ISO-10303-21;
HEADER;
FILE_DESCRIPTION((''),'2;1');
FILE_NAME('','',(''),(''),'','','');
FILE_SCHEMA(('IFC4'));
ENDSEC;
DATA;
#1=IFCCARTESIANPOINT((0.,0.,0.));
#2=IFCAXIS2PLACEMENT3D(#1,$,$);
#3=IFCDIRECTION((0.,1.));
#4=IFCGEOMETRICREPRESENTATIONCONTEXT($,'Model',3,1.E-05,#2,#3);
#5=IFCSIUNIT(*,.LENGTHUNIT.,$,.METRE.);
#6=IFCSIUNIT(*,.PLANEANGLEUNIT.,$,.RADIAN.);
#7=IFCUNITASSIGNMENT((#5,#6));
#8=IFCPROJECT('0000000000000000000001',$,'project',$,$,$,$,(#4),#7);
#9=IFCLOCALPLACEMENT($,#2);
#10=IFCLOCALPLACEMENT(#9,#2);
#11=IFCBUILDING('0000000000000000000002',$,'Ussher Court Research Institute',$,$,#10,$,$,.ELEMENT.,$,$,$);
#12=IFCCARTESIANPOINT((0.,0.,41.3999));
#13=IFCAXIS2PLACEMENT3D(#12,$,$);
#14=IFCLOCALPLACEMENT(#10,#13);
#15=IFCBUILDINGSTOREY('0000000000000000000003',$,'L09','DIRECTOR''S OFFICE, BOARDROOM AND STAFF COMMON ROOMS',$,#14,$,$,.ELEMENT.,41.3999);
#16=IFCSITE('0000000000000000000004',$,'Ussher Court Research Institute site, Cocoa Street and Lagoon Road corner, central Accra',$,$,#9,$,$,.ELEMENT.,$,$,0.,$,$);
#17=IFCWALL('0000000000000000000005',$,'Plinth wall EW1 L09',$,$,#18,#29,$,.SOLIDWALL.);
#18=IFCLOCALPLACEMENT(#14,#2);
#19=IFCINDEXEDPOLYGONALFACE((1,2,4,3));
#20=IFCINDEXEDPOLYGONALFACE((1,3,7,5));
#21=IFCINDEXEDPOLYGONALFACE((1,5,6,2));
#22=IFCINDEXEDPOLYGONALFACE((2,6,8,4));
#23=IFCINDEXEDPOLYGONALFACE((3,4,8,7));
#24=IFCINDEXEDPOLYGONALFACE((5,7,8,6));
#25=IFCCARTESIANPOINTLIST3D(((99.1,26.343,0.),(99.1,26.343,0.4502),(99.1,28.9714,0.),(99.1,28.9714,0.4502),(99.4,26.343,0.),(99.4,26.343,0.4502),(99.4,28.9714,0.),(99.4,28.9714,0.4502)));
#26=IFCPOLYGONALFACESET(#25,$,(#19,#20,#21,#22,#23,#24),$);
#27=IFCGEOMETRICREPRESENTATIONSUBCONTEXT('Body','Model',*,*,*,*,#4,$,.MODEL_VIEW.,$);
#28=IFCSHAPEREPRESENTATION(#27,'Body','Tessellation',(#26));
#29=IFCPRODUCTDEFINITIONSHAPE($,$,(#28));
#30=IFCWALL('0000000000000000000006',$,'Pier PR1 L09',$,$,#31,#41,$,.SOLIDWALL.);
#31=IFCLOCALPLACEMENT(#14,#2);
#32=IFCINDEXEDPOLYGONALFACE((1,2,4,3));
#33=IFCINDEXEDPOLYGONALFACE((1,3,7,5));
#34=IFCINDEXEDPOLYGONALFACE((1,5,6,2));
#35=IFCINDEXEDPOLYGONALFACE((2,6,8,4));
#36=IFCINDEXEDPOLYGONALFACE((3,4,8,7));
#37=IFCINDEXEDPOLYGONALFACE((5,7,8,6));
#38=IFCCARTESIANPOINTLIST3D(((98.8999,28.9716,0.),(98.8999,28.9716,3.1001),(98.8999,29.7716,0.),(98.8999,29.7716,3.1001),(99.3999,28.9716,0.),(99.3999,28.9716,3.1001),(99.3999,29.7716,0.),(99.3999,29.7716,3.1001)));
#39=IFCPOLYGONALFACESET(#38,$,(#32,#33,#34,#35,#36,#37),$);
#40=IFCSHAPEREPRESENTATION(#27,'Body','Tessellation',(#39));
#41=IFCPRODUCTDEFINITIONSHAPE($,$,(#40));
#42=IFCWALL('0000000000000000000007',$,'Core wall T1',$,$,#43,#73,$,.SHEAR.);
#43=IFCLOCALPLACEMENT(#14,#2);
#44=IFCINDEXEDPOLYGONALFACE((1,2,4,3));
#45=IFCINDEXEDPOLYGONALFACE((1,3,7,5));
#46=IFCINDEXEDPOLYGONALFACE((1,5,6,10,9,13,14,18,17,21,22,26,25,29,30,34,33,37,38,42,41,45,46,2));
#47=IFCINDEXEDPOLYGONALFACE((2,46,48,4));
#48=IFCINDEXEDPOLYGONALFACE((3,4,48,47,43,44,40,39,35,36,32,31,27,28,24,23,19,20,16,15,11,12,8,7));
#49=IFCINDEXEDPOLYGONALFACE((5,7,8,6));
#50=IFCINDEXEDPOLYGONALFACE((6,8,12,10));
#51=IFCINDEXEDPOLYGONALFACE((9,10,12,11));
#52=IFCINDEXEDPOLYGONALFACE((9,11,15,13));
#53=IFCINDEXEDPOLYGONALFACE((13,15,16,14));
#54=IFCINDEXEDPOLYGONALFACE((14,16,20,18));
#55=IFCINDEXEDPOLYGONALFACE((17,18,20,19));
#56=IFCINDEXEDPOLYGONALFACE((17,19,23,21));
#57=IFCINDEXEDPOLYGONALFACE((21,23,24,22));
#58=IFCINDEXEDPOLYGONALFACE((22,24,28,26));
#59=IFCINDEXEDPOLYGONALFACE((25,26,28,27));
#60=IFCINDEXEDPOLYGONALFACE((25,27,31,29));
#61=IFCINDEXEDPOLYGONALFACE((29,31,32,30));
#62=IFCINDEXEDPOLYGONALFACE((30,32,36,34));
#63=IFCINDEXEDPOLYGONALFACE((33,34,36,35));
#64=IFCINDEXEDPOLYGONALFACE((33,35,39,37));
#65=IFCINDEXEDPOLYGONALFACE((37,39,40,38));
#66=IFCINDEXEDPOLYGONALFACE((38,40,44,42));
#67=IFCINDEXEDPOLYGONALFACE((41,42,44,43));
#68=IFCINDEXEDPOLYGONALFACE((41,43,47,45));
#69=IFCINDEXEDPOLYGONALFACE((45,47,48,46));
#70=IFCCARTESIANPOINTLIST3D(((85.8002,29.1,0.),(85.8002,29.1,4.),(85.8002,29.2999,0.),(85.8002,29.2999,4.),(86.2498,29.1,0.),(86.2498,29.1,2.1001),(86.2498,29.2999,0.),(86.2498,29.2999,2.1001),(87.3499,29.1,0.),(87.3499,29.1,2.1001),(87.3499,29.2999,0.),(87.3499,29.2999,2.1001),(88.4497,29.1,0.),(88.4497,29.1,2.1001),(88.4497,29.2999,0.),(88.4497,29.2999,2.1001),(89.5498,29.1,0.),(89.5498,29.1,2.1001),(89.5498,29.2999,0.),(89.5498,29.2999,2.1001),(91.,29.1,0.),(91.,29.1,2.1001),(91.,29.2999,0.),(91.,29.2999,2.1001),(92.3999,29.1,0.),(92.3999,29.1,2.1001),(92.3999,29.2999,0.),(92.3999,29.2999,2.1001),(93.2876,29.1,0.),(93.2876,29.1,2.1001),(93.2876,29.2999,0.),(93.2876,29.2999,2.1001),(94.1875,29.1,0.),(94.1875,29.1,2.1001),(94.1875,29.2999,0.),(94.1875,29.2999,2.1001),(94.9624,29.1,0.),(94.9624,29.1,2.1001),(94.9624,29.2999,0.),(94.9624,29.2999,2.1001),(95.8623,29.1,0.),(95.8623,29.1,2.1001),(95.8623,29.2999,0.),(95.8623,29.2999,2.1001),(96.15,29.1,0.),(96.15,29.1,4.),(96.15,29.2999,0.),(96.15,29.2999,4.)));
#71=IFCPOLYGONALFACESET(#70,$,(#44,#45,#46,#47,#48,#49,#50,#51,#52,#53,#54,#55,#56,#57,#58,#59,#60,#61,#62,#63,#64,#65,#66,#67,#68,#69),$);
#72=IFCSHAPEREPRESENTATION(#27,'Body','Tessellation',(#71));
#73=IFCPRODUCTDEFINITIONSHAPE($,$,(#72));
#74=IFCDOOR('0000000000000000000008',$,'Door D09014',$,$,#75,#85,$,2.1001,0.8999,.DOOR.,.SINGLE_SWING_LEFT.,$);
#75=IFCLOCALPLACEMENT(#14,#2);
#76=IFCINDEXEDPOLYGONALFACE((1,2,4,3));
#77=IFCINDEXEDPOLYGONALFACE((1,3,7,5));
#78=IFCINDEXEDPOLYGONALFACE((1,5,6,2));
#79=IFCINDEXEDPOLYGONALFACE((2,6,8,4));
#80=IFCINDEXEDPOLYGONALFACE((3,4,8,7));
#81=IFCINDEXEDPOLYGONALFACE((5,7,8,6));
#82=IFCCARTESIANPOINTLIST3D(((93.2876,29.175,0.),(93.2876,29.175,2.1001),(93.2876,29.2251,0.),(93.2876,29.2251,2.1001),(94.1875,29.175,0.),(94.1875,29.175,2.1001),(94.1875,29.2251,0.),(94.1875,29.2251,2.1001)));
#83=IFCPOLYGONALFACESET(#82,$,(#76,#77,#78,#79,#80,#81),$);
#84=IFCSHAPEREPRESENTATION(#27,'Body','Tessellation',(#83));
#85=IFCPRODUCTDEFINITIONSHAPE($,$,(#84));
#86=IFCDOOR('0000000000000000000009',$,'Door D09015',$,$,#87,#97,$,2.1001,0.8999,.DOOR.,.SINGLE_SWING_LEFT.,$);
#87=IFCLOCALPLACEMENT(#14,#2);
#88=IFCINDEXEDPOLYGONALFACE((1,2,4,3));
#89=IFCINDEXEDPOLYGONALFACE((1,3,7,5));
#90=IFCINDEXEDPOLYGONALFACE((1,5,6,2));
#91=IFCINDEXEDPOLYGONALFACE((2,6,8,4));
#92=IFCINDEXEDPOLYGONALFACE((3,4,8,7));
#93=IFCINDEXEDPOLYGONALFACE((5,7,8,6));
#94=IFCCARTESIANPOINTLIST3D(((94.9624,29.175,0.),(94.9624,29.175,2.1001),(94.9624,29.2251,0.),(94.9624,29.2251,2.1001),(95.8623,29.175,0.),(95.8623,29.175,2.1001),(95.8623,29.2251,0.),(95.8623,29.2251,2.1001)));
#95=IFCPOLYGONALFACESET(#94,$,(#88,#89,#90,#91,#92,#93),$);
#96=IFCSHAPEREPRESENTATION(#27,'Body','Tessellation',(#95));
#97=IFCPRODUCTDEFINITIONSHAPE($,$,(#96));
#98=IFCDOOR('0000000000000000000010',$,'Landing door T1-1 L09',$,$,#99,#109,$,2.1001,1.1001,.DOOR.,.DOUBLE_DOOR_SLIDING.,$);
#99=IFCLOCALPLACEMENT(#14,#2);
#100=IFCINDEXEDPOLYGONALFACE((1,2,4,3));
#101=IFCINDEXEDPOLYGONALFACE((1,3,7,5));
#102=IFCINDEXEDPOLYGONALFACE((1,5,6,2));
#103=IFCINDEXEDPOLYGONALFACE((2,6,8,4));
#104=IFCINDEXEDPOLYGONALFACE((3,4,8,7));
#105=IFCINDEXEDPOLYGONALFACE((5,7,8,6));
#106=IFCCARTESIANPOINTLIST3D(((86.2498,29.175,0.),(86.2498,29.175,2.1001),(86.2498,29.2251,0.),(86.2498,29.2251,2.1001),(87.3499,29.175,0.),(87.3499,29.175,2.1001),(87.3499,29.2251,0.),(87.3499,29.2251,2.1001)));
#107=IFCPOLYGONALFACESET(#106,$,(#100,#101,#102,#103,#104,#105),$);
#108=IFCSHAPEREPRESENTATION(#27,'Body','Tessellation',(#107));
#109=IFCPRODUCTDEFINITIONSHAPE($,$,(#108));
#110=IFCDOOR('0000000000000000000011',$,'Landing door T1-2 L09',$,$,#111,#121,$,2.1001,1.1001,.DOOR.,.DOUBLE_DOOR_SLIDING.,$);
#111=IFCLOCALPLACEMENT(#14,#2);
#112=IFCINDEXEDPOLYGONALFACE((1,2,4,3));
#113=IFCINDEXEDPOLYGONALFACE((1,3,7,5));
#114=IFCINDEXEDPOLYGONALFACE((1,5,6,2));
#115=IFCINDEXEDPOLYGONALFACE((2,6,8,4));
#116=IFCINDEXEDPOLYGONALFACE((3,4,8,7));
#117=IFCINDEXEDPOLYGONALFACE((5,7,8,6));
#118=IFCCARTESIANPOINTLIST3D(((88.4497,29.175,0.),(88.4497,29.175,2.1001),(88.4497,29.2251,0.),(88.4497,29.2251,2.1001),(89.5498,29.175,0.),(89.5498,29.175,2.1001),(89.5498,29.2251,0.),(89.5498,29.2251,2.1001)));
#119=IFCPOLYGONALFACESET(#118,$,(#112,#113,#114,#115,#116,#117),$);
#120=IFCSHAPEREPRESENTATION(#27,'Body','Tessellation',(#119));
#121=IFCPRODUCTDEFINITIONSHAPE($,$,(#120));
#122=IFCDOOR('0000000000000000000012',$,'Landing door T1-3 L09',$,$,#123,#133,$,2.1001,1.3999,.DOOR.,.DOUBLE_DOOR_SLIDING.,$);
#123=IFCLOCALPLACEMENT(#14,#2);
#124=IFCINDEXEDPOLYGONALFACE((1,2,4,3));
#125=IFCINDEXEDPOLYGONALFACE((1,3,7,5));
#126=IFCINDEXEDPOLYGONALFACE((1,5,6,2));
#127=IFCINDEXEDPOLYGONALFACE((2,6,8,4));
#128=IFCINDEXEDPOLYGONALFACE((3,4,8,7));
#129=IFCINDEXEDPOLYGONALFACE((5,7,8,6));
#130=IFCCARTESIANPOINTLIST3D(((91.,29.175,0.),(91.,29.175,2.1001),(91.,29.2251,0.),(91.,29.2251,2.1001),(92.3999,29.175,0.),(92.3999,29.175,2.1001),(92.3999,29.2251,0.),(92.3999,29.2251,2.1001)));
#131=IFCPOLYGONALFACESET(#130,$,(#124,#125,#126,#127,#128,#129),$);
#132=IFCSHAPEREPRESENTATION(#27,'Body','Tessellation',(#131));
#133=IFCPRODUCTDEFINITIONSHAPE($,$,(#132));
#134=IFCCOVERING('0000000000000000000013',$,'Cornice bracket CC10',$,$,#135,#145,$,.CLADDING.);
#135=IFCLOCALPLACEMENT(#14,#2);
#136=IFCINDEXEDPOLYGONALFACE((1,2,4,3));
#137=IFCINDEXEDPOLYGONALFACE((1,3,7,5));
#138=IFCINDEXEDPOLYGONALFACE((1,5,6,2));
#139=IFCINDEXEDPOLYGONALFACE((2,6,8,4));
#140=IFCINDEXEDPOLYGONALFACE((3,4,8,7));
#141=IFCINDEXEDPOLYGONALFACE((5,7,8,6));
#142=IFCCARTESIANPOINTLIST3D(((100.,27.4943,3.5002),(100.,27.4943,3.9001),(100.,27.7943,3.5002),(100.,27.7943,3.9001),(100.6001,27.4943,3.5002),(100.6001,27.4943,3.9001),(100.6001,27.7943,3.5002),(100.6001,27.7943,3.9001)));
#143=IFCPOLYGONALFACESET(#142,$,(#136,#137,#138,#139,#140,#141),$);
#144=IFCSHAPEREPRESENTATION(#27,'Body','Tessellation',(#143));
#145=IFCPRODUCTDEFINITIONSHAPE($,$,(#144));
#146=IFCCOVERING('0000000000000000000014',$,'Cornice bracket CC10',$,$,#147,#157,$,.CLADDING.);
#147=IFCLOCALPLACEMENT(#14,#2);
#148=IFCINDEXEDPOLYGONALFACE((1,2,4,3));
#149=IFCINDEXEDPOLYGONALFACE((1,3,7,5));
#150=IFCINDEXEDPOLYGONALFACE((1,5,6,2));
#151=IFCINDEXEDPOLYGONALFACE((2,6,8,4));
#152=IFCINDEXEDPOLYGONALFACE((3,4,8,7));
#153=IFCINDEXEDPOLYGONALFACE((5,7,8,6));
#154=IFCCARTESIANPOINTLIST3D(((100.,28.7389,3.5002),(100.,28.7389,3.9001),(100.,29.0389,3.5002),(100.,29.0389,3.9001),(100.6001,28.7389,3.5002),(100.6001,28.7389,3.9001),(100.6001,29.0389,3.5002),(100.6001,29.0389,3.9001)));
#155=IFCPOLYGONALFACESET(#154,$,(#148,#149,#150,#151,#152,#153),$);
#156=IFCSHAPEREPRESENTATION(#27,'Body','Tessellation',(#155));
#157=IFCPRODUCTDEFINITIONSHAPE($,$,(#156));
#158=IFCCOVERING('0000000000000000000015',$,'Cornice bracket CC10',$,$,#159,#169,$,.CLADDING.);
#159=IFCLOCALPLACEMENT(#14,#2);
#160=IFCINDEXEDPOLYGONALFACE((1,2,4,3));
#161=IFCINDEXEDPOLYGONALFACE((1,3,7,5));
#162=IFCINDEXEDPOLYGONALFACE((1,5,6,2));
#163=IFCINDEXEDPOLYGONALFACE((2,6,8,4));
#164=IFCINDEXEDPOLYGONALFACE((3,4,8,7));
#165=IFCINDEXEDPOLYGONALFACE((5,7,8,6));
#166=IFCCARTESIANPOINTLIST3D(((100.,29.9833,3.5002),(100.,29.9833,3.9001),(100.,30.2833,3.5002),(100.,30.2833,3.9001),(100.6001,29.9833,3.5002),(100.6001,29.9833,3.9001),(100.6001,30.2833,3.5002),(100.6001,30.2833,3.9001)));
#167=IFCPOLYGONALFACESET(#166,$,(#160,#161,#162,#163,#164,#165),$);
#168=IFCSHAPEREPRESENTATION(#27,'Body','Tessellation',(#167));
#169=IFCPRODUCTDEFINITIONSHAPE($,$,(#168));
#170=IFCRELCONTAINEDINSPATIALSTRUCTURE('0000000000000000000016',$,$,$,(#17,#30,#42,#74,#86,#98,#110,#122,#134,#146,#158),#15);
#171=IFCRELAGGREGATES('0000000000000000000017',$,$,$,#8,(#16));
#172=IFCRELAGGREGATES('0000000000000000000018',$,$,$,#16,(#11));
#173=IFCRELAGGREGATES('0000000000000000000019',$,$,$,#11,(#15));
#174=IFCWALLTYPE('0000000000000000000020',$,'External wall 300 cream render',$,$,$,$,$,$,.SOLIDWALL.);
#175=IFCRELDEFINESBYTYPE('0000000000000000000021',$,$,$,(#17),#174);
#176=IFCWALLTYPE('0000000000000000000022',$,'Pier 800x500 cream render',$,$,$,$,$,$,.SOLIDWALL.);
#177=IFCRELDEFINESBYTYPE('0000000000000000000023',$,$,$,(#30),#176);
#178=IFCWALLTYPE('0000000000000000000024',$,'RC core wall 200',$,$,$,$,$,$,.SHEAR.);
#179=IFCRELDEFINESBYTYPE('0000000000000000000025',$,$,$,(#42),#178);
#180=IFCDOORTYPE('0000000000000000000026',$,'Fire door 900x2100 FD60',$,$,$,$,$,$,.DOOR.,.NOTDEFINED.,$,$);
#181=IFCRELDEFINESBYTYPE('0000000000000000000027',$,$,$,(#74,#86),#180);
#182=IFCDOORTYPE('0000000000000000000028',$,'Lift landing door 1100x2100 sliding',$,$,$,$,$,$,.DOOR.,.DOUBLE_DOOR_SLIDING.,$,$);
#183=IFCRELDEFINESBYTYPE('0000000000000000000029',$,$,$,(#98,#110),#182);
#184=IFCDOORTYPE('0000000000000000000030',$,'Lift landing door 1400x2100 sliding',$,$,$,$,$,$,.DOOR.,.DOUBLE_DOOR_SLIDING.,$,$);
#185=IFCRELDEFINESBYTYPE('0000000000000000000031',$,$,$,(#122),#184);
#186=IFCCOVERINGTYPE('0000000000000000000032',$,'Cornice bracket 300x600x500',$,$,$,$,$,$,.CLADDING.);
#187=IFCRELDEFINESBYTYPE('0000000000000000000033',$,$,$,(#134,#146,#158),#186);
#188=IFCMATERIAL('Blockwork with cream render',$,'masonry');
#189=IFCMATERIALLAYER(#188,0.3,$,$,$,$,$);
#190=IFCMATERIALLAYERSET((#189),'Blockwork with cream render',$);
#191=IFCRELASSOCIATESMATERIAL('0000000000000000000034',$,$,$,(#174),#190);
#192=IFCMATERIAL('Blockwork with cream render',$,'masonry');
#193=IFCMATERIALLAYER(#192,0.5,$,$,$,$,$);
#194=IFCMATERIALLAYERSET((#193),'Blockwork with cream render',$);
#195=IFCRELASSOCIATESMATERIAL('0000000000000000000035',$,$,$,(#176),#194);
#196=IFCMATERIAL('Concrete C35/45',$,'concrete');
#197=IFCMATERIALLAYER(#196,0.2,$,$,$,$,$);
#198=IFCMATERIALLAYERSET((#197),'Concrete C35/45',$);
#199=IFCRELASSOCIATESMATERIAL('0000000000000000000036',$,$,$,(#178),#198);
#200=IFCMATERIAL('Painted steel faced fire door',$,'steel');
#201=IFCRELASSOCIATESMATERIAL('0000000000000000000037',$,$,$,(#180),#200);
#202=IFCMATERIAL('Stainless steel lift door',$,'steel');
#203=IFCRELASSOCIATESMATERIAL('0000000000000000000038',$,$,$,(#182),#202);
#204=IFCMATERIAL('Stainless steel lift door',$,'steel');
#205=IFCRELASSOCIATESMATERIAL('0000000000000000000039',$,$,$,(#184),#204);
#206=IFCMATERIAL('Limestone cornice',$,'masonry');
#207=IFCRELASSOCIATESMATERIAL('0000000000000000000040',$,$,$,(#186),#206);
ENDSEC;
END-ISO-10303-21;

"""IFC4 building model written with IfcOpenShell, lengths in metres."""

from ifc_helpers import new_model, si_unit, direction, frame, frame_2d, origin, origin_2d, place, context, subcontext, project, spatial, rectangle, extrude, material, layer, layer_set, type_object, element, fill, save


model = new_model("IFC4")

# Units and contexts
model_context = context("Model", 3, precision=1e-05, world=origin(), true_north=direction((0.0, 1.0)))
body_context = subcontext(model_context, "Body", "Model", "MODEL_VIEW")
ifc_project = project(units=[si_unit("LENGTHUNIT", "METRE"), si_unit("PLANEANGLEUNIT", "RADIAN")], contexts=[model_context])

# Site, building, storey
site_placement = place(None, origin())
site = spatial("IfcSite", under=ifc_project, at=site_placement, Name="Ussher Court Research Institute site, Cocoa Street and Lagoon Road corner, central Accra", CompositionType="ELEMENT", RefElevation=0.0)
building_placement = place(site_placement, origin())
building = spatial("IfcBuilding", under=site, at=building_placement, Name="Ussher Court Research Institute", CompositionType="ELEMENT")
storey_placement = place(building_placement, frame((0.0, 0.0, 41.3999)))
storey = spatial("IfcBuildingStorey", under=building, at=storey_placement, Name="L09", Description="DIRECTOR'S OFFICE, BOARDROOM AND STAFF COMMON ROOMS", CompositionType="ELEMENT", Elevation=41.3999)

# Walls
ifc_material_1 = material(Name="Blockwork with cream render", Category="masonry")
ifc_layer_1 = layer(ifc_material_1, 0.3)
ifc_layer_set_1 = layer_set([ifc_layer_1], Name="Blockwork with cream render")
wall_type_1 = type_object("IfcWallType", Name="External wall 300 cream render", PredefinedType="SOLIDWALL", material=ifc_layer_set_1)
wall_1_placement = place(storey_placement, frame((99.25, 28.9714, 0.0), z_axis=(0.0, 0.0, 1.0), x_axis=(0.0, -1.0, 0.0)))
element("IfcWall", 1, at=wall_1_placement, inside=storey, type_object=wall_type_1, Name="Plinth wall EW1 L09", PredefinedType="SOLIDWALL", context=body_context, shape_type="SweptSolid", body=[
    extrude(rectangle(XDim=2.6284, YDim=0.3, at=frame_2d((1.3142, 0.0))), origin(), (0.0, 0.0, 1.0), 0.4502),
])
ifc_material_2 = material(Name="Blockwork with cream render", Category="masonry")
ifc_layer_2 = layer(ifc_material_2, 0.5)
ifc_layer_set_2 = layer_set([ifc_layer_2], Name="Blockwork with cream render")
wall_type_2 = type_object("IfcWallType", Name="Pier 800x500 cream render", PredefinedType="SOLIDWALL", material=ifc_layer_set_2)
wall_2_placement = place(storey_placement, frame((99.1499, 29.7715, 0.0), z_axis=(0.0, 0.0, 1.0), x_axis=(0.0, -1.0, 0.0)))
element("IfcWall", 2, at=wall_2_placement, inside=storey, type_object=wall_type_2, Name="Pier PR1 L09", PredefinedType="SOLIDWALL", context=body_context, shape_type="SweptSolid", body=[
    extrude(rectangle(XDim=0.8, YDim=0.5, at=frame_2d((0.3999, 0.0))), origin(), (0.0, 0.0, 1.0), 3.1001),
])

# Wall, openings, doors
ifc_material_3 = material(Name="Concrete C35/45", Category="concrete")
ifc_layer_3 = layer(ifc_material_3, 0.2)
ifc_layer_set_3 = layer_set([ifc_layer_3], Name="Concrete C35/45")
wall_type_3 = type_object("IfcWallType", Name="RC core wall 200", PredefinedType="SHEAR", material=ifc_layer_set_3)
wall_3_placement = place(storey_placement, frame((96.1499, 29.2, 0.0), z_axis=(0.0, 0.0, 1.0), x_axis=(-1.0, 0.0, 0.0)))
wall_3 = element("IfcWall", 3, at=wall_3_placement, inside=storey, type_object=wall_type_3, Name="Core wall T1", PredefinedType="SHEAR", context=body_context, shape_type="SweptSolid", body=[
    extrude(rectangle(XDim=10.3499, YDim=0.2, at=frame_2d((5.1748, 0.0))), origin(), (0.0, 0.0, 1.0), 4.0),
])
opening_1_placement = place(wall_3_placement, frame((8.8, 0.0, 0.0)))
opening_1 = element("IfcOpeningElement", 4, at=opening_1_placement, cuts=wall_3, PredefinedType="OPENING", context=body_context, shape_type="SweptSolid", body=[
    extrude(rectangle(XDim=1.1001, YDim=2.1001, at=frame_2d((0.55, 1.05))), frame((0.0, 0.1099, 0.0), z_axis=(0.0, -1.0, 0.0), x_axis=(1.0, 0.0, 0.0)), (0.0, 0.0, 1.0), 0.22),
])
opening_2_placement = place(wall_3_placement, frame((6.6001, 0.0, 0.0)))
opening_2 = element("IfcOpeningElement", 5, at=opening_2_placement, cuts=wall_3, PredefinedType="OPENING", context=body_context, shape_type="SweptSolid", body=[
    extrude(rectangle(XDim=1.1001, YDim=2.1001, at=frame_2d((0.55, 1.05))), frame((0.0, 0.1099, 0.0), z_axis=(0.0, -1.0, 0.0), x_axis=(1.0, 0.0, 0.0)), (0.0, 0.0, 1.0), 0.22),
])
opening_3_placement = place(wall_3_placement, frame((3.75, 0.0, 0.0)))
opening_3 = element("IfcOpeningElement", 6, at=opening_3_placement, cuts=wall_3, PredefinedType="OPENING", context=body_context, shape_type="SweptSolid", body=[
    extrude(rectangle(XDim=1.3999, YDim=2.1001, at=frame_2d((0.7, 1.05))), frame((0.0, 0.1099, 0.0), z_axis=(0.0, -1.0, 0.0), x_axis=(1.0, 0.0, 0.0)), (0.0, 0.0, 1.0), 0.22),
])
opening_4_placement = place(wall_3_placement, frame((1.9624, 0.0, 0.0)))
opening_4 = element("IfcOpeningElement", 7, at=opening_4_placement, cuts=wall_3, PredefinedType="OPENING", context=body_context, shape_type="SweptSolid", body=[
    extrude(rectangle(XDim=0.8999, YDim=2.1001, at=frame_2d((0.45, 1.05))), frame((0.0, 0.1099, 0.0), z_axis=(0.0, -1.0, 0.0), x_axis=(1.0, 0.0, 0.0)), (0.0, 0.0, 1.0), 0.22),
])
opening_5_placement = place(wall_3_placement, frame((0.2876, 0.0, 0.0)))
opening_5 = element("IfcOpeningElement", 8, at=opening_5_placement, cuts=wall_3, PredefinedType="OPENING", context=body_context, shape_type="SweptSolid", body=[
    extrude(rectangle(XDim=0.8999, YDim=2.1001, at=frame_2d((0.45, 1.05))), frame((0.0, 0.1099, 0.0), z_axis=(0.0, -1.0, 0.0), x_axis=(1.0, 0.0, 0.0)), (0.0, 0.0, 1.0), 0.22),
])
ifc_material_4 = material(Name="Painted steel faced fire door", Category="steel")
door_type_1 = type_object("IfcDoorType", Name="Fire door 900x2100 FD60", OperationType="NOTDEFINED", PredefinedType="DOOR", material=ifc_material_4)
door_1_placement = place(opening_4_placement, origin())
door_1 = element("IfcDoor", 9, at=door_1_placement, inside=storey, type_object=door_type_1, Name="Door D09014", OperationType="SINGLE_SWING_LEFT", OverallHeight=2.1001, OverallWidth=0.8999, PredefinedType="DOOR", context=body_context, shape_type="SweptSolid", body=[
    extrude(rectangle(XDim=0.8999, YDim=2.1001, at=frame_2d((0.45, 1.05))), frame((0.0, 0.0249, 0.0), z_axis=(0.0, -1.0, 0.0), x_axis=(1.0, 0.0, 0.0)), (0.0, 0.0, 1.0), 0.05),
])
fill(opening_4, door_1)
door_2_placement = place(opening_5_placement, origin())
door_2 = element("IfcDoor", 10, at=door_2_placement, inside=storey, type_object=door_type_1, Name="Door D09015", OperationType="SINGLE_SWING_LEFT", OverallHeight=2.1001, OverallWidth=0.8999, PredefinedType="DOOR", context=body_context, shape_type="SweptSolid", body=[
    extrude(rectangle(XDim=0.8999, YDim=2.1001, at=frame_2d((0.45, 1.05))), frame((0.0, 0.0249, 0.0), z_axis=(0.0, -1.0, 0.0), x_axis=(1.0, 0.0, 0.0)), (0.0, 0.0, 1.0), 0.05),
])
fill(opening_5, door_2)
ifc_material_5 = material(Name="Stainless steel lift door", Category="steel")
door_type_2 = type_object("IfcDoorType", Name="Lift landing door 1100x2100 sliding", OperationType="DOUBLE_DOOR_SLIDING", PredefinedType="DOOR", material=ifc_material_5)
door_3_placement = place(opening_1_placement, origin())
door_3 = element("IfcDoor", 11, at=door_3_placement, inside=storey, type_object=door_type_2, Name="Landing door T1-1 L09", OperationType="DOUBLE_DOOR_SLIDING", OverallHeight=2.1001, OverallWidth=1.1001, PredefinedType="DOOR", context=body_context, shape_type="SweptSolid", body=[
    extrude(rectangle(XDim=1.1001, YDim=2.1001, at=frame_2d((0.55, 1.05))), frame((0.0, 0.0249, 0.0), z_axis=(0.0, -1.0, 0.0), x_axis=(1.0, 0.0, 0.0)), (0.0, 0.0, 1.0), 0.05),
])
fill(opening_1, door_3)
door_4_placement = place(opening_2_placement, origin())
door_4 = element("IfcDoor", 12, at=door_4_placement, inside=storey, type_object=door_type_2, Name="Landing door T1-2 L09", OperationType="DOUBLE_DOOR_SLIDING", OverallHeight=2.1001, OverallWidth=1.1001, PredefinedType="DOOR", context=body_context, shape_type="SweptSolid", body=[
    extrude(rectangle(XDim=1.1001, YDim=2.1001, at=frame_2d((0.55, 1.05))), frame((0.0, 0.0249, 0.0), z_axis=(0.0, -1.0, 0.0), x_axis=(1.0, 0.0, 0.0)), (0.0, 0.0, 1.0), 0.05),
])
fill(opening_2, door_4)
ifc_material_6 = material(Name="Stainless steel lift door", Category="steel")
door_type_3 = type_object("IfcDoorType", Name="Lift landing door 1400x2100 sliding", OperationType="DOUBLE_DOOR_SLIDING", PredefinedType="DOOR", material=ifc_material_6)
door_5_placement = place(opening_3_placement, origin())
door_5 = element("IfcDoor", 13, at=door_5_placement, inside=storey, type_object=door_type_3, Name="Landing door T1-3 L09", OperationType="DOUBLE_DOOR_SLIDING", OverallHeight=2.1001, OverallWidth=1.3999, PredefinedType="DOOR", context=body_context, shape_type="SweptSolid", body=[
    extrude(rectangle(XDim=1.3999, YDim=2.1001, at=frame_2d((0.7, 1.05))), frame((0.0, 0.0249, 0.0), z_axis=(0.0, -1.0, 0.0), x_axis=(1.0, 0.0, 0.0)), (0.0, 0.0, 1.0), 0.05),
])
fill(opening_3, door_5)

# Coverings
ifc_material_7 = material(Name="Limestone cornice", Category="masonry")
covering_type = type_object("IfcCoveringType", Name="Cornice bracket 300x600x500", PredefinedType="CLADDING", material=ifc_material_7)
for number, where, z_axis, x_axis, name in (
    (14, (100.3, 27.6443, 3.5002), (0.0, 0.0, 1.0), (0.0, 1.0, 0.0), "Cornice bracket CC10"),
    (15, (100.3, 28.8889, 3.5002), (0.0, 0.0, 1.0), (0.0, 1.0, 0.0), "Cornice bracket CC10"),
    (16, (100.3, 30.1333, 3.5002), (0.0, 0.0, 1.0), (0.0, 1.0, 0.0), "Cornice bracket CC10"),
):
    element("IfcCovering", number, at=place(storey_placement, frame(where, z_axis=z_axis, x_axis=x_axis)), inside=storey, type_object=covering_type, Name=name, PredefinedType="CLADDING", context=body_context, shape_type="SweptSolid", body=[
        extrude(rectangle(XDim=0.3, YDim=0.6001, at=origin_2d()), origin(), (0.0, 0.0, 1.0), 0.3999),
    ])

save(model, "model.ifc")
